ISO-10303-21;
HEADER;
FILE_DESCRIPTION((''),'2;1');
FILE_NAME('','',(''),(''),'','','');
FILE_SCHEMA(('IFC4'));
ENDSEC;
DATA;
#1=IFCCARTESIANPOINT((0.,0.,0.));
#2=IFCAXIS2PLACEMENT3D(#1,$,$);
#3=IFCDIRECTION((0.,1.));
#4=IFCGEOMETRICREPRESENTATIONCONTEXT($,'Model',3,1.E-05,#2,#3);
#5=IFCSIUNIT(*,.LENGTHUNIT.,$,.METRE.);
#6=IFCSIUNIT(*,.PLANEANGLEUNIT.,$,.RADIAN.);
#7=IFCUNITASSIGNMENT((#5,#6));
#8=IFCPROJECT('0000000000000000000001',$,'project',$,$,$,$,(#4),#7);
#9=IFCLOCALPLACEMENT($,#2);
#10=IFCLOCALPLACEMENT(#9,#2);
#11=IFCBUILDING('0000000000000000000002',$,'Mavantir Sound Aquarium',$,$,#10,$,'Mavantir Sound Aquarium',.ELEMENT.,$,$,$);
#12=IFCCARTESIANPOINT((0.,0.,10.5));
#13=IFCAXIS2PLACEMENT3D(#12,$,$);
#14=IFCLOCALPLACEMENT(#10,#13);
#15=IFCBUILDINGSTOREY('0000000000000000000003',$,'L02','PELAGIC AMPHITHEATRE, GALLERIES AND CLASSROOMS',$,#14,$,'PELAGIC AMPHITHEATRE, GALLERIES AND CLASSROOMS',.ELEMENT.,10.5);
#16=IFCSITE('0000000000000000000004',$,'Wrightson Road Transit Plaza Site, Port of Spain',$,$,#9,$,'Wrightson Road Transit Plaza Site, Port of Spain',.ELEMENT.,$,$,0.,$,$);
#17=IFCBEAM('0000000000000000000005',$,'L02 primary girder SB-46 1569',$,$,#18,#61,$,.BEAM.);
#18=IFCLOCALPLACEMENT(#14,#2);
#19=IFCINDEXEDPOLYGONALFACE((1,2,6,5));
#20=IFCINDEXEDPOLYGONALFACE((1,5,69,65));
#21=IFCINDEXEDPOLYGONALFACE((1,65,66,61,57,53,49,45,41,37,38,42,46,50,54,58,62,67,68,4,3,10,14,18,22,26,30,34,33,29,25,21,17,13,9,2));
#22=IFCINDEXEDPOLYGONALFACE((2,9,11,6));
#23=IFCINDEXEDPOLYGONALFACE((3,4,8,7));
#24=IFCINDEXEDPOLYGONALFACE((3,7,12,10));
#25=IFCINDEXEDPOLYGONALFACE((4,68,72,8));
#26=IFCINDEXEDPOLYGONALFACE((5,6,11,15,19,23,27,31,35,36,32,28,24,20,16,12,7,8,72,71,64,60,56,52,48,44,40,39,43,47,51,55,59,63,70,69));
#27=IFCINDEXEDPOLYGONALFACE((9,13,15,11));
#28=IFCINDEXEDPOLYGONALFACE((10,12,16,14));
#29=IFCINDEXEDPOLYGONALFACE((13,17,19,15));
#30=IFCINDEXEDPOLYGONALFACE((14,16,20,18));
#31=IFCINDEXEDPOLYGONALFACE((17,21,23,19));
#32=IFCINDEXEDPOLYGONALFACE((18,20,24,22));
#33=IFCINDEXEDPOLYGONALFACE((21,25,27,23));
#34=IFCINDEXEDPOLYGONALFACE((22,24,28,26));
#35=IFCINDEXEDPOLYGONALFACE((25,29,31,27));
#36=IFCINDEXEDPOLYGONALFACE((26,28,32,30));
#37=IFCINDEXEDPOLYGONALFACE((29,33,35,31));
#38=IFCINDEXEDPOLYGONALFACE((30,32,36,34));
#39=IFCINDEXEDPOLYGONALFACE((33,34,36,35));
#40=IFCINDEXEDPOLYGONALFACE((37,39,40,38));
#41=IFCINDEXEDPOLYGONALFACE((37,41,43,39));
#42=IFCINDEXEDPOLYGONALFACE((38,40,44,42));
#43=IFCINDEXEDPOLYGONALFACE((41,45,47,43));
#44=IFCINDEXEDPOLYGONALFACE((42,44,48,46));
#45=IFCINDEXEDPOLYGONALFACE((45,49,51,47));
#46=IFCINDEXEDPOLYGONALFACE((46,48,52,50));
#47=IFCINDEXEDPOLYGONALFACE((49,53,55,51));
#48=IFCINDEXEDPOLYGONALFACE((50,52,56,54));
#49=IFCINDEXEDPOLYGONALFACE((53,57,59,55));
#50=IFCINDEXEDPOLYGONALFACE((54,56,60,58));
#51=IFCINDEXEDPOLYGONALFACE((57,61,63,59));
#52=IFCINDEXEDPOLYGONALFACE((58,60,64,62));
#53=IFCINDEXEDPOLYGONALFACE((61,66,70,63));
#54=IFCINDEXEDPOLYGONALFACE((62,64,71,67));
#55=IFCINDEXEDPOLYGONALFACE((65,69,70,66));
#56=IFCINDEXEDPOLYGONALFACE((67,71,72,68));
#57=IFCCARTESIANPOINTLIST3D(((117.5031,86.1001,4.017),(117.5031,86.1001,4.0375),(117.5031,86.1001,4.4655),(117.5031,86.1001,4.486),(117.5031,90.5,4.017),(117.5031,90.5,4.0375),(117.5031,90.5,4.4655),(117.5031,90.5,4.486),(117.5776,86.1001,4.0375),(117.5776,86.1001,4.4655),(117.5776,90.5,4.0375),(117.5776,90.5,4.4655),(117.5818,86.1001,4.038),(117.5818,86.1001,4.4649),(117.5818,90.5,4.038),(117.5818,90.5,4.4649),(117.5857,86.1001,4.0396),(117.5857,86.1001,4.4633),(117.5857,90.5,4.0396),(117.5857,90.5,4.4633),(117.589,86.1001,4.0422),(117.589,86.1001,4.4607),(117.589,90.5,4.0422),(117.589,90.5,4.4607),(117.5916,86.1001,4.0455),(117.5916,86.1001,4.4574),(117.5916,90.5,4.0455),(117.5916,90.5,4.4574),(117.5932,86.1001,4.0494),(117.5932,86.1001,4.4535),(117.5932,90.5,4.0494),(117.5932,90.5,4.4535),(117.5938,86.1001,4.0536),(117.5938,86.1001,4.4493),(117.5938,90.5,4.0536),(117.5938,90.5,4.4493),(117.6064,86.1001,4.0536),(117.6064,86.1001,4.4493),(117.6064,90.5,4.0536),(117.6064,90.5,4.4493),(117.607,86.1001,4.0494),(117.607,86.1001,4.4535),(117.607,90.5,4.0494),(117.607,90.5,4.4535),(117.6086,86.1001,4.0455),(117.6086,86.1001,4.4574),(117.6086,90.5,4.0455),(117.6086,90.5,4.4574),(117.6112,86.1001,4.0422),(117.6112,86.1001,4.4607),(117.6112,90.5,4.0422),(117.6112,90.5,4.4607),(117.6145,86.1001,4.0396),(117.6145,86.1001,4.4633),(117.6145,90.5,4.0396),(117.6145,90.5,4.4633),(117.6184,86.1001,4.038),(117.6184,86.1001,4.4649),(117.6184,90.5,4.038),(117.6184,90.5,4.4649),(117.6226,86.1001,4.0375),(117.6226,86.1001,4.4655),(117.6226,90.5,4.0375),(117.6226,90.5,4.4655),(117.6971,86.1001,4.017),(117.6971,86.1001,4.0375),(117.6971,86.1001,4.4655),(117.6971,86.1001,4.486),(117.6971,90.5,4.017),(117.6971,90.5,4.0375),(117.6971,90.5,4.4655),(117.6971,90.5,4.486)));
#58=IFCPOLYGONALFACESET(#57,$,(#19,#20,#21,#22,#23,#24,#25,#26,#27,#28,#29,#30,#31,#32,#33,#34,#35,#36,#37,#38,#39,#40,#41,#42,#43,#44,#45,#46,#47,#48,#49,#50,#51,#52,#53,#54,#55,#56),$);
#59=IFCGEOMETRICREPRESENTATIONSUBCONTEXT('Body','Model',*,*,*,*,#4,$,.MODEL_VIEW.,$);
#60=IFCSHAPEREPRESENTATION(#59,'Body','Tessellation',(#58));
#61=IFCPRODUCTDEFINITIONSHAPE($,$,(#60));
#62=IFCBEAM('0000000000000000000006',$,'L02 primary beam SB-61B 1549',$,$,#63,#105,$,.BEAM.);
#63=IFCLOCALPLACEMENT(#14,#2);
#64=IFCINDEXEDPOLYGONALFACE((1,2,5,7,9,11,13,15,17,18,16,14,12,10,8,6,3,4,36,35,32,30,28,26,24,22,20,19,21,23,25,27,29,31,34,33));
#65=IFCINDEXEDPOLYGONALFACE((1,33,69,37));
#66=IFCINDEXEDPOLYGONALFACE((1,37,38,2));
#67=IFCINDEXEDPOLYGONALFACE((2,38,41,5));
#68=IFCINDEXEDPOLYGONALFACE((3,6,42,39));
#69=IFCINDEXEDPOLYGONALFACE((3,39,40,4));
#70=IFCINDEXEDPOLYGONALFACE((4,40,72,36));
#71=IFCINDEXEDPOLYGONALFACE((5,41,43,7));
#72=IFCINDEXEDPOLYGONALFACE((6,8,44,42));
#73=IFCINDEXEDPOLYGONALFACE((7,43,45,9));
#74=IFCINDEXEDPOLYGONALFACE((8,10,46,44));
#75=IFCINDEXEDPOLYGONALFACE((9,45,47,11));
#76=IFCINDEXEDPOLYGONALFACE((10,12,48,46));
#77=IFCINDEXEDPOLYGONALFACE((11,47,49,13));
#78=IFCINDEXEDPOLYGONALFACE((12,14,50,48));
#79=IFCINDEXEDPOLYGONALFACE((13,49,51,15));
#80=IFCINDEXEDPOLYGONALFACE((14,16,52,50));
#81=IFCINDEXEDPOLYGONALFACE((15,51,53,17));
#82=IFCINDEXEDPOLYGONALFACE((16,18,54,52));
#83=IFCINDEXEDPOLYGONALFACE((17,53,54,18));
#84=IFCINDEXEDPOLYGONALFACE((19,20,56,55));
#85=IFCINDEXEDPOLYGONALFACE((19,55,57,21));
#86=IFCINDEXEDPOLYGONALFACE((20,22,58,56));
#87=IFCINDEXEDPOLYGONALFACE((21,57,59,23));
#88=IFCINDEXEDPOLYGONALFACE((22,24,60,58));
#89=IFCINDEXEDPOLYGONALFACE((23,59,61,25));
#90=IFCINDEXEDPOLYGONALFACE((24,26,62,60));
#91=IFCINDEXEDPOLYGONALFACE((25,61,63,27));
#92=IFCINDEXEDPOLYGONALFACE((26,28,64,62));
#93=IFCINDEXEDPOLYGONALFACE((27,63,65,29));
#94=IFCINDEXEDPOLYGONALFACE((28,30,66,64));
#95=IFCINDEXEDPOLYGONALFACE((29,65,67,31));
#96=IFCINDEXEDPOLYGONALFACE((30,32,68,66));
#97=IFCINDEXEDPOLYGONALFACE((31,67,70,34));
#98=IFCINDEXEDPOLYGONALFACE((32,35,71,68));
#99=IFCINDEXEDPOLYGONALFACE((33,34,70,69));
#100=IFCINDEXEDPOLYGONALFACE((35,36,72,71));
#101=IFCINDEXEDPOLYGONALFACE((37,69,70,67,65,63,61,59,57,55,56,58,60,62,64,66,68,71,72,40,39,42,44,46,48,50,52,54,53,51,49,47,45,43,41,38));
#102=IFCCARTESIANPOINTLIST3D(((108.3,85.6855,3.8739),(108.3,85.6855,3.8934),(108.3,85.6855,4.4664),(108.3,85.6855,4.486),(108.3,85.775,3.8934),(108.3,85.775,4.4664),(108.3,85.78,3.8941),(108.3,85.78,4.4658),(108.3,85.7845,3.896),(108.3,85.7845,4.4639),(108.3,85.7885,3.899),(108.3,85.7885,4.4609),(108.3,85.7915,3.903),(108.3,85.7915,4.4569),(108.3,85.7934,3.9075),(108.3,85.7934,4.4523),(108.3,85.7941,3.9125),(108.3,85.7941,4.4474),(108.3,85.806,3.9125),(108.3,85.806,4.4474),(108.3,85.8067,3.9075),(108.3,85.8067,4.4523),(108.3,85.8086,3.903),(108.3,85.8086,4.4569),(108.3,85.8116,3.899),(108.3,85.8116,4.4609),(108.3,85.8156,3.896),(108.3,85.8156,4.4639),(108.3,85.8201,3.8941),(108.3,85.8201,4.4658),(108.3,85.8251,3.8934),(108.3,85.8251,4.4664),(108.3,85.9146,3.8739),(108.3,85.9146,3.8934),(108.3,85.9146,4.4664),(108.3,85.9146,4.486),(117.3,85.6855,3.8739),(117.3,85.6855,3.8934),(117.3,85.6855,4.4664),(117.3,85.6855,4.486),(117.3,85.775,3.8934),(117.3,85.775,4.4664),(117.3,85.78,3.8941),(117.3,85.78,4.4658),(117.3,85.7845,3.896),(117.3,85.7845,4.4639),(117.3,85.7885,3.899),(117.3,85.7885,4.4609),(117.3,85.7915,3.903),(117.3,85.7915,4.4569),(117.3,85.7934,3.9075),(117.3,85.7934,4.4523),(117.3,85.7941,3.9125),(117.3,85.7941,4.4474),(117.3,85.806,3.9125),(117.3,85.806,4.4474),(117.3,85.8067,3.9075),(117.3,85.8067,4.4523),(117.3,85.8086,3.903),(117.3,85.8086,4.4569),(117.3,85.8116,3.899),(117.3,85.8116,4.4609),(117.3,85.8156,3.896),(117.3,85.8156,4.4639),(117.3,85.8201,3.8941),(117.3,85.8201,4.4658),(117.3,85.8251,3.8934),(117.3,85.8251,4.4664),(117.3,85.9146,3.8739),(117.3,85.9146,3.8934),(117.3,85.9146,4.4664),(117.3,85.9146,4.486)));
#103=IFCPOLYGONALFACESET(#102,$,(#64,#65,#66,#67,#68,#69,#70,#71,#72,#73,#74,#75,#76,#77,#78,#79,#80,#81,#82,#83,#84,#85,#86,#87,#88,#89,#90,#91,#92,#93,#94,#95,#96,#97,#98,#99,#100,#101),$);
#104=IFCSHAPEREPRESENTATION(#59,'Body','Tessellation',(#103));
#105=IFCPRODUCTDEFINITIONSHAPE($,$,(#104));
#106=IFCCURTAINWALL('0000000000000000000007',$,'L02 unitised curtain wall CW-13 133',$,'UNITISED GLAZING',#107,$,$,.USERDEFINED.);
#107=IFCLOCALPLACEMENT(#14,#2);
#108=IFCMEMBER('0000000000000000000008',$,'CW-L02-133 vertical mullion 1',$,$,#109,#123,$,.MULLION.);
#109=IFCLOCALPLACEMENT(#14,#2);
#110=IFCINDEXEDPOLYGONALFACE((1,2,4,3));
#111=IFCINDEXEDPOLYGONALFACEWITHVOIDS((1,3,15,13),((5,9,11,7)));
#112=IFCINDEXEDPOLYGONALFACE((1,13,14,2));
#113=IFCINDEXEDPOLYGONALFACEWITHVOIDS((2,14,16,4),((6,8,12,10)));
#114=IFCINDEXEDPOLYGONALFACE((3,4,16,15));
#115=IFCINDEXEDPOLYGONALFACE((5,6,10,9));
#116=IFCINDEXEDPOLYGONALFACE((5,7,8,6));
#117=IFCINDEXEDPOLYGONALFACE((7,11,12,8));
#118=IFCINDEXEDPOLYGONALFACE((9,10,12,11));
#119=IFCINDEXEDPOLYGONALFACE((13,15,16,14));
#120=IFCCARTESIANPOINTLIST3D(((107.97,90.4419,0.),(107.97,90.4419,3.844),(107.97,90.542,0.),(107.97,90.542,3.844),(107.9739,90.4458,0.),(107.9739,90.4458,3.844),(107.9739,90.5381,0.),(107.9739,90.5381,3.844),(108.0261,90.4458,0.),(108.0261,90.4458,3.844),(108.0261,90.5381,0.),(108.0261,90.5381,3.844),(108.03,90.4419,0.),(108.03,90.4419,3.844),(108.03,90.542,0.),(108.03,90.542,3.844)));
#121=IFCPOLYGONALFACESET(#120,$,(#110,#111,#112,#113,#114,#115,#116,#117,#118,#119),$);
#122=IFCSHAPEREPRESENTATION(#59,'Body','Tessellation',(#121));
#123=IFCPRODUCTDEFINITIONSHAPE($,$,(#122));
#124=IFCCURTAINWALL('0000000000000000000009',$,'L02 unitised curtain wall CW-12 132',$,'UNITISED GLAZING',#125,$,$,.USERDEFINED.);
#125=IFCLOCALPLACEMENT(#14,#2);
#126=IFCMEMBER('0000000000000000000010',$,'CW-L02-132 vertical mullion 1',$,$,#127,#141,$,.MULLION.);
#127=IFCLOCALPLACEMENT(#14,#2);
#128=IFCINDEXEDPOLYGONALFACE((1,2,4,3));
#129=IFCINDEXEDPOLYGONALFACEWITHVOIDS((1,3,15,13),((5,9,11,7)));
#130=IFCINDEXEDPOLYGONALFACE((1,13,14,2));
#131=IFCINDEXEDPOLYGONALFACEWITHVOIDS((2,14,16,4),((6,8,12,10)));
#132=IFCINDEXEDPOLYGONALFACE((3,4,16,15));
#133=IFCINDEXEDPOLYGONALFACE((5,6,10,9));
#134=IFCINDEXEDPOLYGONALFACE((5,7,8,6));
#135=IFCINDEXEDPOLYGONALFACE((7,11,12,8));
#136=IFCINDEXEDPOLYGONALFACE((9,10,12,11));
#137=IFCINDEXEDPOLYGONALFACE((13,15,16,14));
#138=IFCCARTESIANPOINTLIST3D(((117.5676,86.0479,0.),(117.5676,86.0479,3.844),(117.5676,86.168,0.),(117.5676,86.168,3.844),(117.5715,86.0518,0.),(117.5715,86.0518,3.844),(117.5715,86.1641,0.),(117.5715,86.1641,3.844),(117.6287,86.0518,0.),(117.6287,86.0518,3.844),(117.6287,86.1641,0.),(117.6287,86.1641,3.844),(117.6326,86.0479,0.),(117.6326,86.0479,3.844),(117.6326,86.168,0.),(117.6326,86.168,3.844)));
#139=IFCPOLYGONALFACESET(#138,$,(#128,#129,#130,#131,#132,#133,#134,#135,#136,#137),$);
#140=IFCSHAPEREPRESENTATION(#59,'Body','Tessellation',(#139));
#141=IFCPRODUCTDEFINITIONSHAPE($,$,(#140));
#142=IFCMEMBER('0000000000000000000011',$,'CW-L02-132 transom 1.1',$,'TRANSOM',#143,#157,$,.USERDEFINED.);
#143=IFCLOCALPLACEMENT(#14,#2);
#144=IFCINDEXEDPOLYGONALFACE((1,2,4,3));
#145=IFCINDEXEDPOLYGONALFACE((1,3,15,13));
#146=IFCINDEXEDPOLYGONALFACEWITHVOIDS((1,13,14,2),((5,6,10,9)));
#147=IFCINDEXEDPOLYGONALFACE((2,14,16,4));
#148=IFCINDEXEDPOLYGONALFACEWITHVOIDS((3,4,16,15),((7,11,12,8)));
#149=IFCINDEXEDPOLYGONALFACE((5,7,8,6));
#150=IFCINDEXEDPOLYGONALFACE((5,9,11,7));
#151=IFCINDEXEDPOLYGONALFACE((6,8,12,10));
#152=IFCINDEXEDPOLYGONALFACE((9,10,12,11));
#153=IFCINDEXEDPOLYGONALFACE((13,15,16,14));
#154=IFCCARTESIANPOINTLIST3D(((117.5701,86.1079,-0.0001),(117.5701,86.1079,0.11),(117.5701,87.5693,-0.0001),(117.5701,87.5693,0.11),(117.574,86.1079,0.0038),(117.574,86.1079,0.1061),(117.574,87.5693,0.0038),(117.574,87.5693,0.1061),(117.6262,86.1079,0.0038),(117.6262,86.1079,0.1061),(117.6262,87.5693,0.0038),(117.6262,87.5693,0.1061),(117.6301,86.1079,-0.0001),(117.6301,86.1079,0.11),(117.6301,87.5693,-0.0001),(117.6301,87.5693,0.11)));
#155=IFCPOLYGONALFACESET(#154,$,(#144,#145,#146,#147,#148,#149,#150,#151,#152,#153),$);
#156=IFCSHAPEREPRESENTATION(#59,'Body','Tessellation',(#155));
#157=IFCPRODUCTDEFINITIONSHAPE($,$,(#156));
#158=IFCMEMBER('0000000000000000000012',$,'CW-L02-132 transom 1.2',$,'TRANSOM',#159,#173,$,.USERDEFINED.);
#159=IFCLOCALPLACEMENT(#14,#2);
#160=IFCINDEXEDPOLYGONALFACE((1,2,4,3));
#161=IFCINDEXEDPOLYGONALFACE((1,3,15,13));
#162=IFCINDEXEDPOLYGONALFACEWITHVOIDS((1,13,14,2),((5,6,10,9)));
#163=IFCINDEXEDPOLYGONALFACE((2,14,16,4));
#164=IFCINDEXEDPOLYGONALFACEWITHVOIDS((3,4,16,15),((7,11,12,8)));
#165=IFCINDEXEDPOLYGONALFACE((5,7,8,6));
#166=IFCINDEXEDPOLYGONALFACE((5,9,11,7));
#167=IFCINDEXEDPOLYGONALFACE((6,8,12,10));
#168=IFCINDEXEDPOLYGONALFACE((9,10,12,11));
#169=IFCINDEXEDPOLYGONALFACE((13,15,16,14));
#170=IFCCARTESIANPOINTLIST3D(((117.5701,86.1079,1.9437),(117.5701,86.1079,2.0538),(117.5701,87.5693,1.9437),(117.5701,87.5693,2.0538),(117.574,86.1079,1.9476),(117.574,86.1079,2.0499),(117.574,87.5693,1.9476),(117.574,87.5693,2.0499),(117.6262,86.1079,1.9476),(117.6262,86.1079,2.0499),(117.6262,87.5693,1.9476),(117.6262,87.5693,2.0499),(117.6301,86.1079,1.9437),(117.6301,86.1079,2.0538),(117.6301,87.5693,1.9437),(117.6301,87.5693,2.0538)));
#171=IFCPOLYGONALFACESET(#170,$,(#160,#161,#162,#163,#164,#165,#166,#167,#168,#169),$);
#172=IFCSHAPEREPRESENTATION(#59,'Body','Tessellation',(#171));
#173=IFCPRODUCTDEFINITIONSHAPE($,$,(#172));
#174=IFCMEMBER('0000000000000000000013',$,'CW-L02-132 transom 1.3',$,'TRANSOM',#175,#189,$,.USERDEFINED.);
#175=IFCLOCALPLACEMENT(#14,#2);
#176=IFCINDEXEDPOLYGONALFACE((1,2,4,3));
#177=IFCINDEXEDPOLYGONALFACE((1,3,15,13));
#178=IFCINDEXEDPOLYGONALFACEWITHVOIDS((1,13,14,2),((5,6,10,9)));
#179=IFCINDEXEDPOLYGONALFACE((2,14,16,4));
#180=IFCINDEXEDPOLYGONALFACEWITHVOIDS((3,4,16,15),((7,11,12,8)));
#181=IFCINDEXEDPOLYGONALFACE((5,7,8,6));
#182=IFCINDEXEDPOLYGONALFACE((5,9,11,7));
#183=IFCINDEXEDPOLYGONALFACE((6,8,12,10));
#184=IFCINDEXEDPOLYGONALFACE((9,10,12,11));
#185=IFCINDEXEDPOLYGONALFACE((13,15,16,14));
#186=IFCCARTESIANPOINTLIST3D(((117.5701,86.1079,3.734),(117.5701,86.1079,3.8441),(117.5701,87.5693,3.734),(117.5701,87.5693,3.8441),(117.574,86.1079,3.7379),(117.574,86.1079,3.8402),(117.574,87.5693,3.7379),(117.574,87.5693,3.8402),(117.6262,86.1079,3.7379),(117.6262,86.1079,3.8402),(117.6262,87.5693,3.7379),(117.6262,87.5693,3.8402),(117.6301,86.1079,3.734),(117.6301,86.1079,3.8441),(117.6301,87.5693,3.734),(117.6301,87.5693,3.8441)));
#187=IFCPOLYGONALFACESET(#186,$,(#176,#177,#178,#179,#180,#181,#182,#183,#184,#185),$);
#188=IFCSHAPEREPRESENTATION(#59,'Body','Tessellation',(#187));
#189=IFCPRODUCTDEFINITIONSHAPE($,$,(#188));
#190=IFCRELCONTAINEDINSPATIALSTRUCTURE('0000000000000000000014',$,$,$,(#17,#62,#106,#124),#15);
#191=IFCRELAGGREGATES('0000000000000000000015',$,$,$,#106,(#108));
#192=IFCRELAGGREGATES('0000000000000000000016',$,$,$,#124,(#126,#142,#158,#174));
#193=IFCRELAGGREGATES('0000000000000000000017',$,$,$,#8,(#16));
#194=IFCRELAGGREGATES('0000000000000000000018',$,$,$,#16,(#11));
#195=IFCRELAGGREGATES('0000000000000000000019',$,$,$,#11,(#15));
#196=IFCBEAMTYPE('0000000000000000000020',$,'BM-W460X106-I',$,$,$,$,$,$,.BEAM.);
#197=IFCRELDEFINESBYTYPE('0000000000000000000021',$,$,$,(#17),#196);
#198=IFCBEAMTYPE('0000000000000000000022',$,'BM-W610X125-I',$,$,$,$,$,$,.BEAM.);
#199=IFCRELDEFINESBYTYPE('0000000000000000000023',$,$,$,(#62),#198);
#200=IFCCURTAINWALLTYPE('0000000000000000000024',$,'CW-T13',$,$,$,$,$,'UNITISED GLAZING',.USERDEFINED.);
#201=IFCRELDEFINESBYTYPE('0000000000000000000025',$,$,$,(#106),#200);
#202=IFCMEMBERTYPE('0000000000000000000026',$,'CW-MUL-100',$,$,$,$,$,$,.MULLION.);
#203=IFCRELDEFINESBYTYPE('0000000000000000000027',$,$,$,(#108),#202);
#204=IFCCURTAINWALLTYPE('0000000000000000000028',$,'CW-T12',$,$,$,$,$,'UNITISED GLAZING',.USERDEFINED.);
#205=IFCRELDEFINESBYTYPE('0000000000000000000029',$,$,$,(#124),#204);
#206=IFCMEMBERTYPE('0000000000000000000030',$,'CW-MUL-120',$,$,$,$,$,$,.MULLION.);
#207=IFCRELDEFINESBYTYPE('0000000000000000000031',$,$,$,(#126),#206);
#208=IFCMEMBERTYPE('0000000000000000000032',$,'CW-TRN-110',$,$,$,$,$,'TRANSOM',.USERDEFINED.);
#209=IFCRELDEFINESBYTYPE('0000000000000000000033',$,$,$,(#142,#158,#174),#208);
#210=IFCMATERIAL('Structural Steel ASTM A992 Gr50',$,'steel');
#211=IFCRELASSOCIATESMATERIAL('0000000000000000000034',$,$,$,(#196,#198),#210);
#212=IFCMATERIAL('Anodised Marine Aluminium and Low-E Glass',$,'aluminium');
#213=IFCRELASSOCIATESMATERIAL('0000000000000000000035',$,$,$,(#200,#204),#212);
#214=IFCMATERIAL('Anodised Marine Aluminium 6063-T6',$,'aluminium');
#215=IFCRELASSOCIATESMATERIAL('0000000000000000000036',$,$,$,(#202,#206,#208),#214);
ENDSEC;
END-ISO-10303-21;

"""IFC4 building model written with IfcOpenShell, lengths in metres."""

from ifc_helpers import new_model, si_unit, direction, frame, origin, origin_2d, place, context, subcontext, project, spatial, hollow_rectangle, i_section, extrude, material, material_profile, profile_set, type_object, element, aggregate, save


model = new_model("IFC4")

# Units and contexts
model_context = context("Model", 3, precision=1e-05, world=origin(), true_north=direction((0.0, 1.0)))
body_context = subcontext(model_context, "Body", "Model", "MODEL_VIEW")
ifc_project = project(units=[si_unit("LENGTHUNIT", "METRE"), si_unit("PLANEANGLEUNIT", "RADIAN")], contexts=[model_context])

# Site, building, storey
site_placement = place(None, origin())
site = spatial("IfcSite", under=ifc_project, at=site_placement, Name="Wrightson Road Transit Plaza Site, Port of Spain", LongName="Wrightson Road Transit Plaza Site, Port of Spain", CompositionType="ELEMENT", RefElevation=0.0)
building_placement = place(site_placement, origin())
building = spatial("IfcBuilding", under=site, at=building_placement, Name="Mavantir Sound Aquarium", LongName="Mavantir Sound Aquarium", CompositionType="ELEMENT")
storey_placement = place(building_placement, frame((0.0, 0.0, 10.5)))
storey = spatial("IfcBuildingStorey", under=building, at=storey_placement, Name="L02", Description="PELAGIC AMPHITHEATRE, GALLERIES AND CLASSROOMS", LongName="PELAGIC AMPHITHEATRE, GALLERIES AND CLASSROOMS", CompositionType="ELEMENT", Elevation=10.5)

# Beams
ifc_material_1 = material(Name="Structural Steel ASTM A992 Gr50", Category="steel")
ifc_material_profile_1 = material_profile(ifc_material_1, i_section(OverallWidth=0.1941, OverallDepth=0.469, WebThickness=0.0127, FlangeThickness=0.0205, FilletRadius=0.0161, at=origin_2d()), Name="W460X106")
ifc_profile_set_1 = profile_set([ifc_material_profile_1], Name="Structural Steel ASTM A992 Gr50")
beam_type_1 = type_object("IfcBeamType", Name="BM-W460X106-I", PredefinedType="BEAM", material=ifc_profile_set_1)
beam_1_placement = place(storey_placement, frame((117.6001, 86.1001, 4.2515), z_axis=(0.0, 1.0, 0.0), x_axis=(-1.0, 0.0, 0.0)))
element("IfcBeam", 1, at=beam_1_placement, inside=storey, type_object=beam_type_1, Name="L02 primary girder SB-46 1569", PredefinedType="BEAM", context=body_context, shape_type="SweptSolid", body=[
    extrude(i_section(OverallWidth=0.1941, OverallDepth=0.469, WebThickness=0.0127, FlangeThickness=0.0205, FilletRadius=0.0161, at=origin_2d()), origin(), (0.0, 0.0, 1.0), 4.3999),
])
ifc_material_profile_2 = material_profile(ifc_material_1, i_section(OverallWidth=0.229, OverallDepth=0.6121, WebThickness=0.012, FlangeThickness=0.0195, FilletRadius=0.019, at=origin_2d()), Name="W610X125")
ifc_profile_set_2 = profile_set([ifc_material_profile_2], Name="Structural Steel ASTM A992 Gr50")
beam_type_2 = type_object("IfcBeamType", Name="BM-W610X125-I", PredefinedType="BEAM", material=ifc_profile_set_2)
beam_2_placement = place(storey_placement, frame((108.3, 85.8, 4.1799), z_axis=(1.0, 0.0, 0.0), x_axis=(0.0, 1.0, 0.0)))
element("IfcBeam", 2, at=beam_2_placement, inside=storey, type_object=beam_type_2, Name="L02 primary beam SB-61B 1549", PredefinedType="BEAM", context=body_context, shape_type="SweptSolid", body=[
    extrude(i_section(OverallWidth=0.229, OverallDepth=0.6121, WebThickness=0.012, FlangeThickness=0.0195, FilletRadius=0.019, at=origin_2d()), origin(), (0.0, 0.0, 1.0), 9.0),
])

# Curtain wall, member
ifc_material_2 = material(Name="Anodised Marine Aluminium and Low-E Glass", Category="aluminium")
curtain_wall_type_1 = type_object("IfcCurtainWallType", Name="CW-T13", ElementType="UNITISED GLAZING", PredefinedType="USERDEFINED", material=ifc_material_2)
curtain_wall_1_placement = place(storey_placement, origin())
curtain_wall_1 = element("IfcCurtainWall", 3, at=curtain_wall_1_placement, inside=storey, type_object=curtain_wall_type_1, Name="L02 unitised curtain wall CW-13 133", ObjectType="UNITISED GLAZING", PredefinedType="USERDEFINED")
ifc_material_3 = material(Name="Anodised Marine Aluminium 6063-T6", Category="aluminium")
ifc_material_profile_3 = material_profile(ifc_material_3, hollow_rectangle(XDim=0.0601, YDim=0.1001, WallThickness=0.0039, at=origin_2d()), Name="ALU-MULLION-100X60")
ifc_profile_set_3 = profile_set([ifc_material_profile_3], Name="Anodised Marine Aluminium 6063-T6")
member_type_1 = type_object("IfcMemberType", Name="CW-MUL-100", PredefinedType="MULLION", material=ifc_profile_set_3)
member_1_placement = place(storey_placement, frame((108.0, 90.4919, 0.0), z_axis=(0.0, 0.0, 1.0), x_axis=(1.0, 0.0, 0.0)))
member_1 = element("IfcMember", 4, at=member_1_placement, type_object=member_type_1, Name="CW-L02-133 vertical mullion 1", PredefinedType="MULLION", context=body_context, shape_type="SweptSolid", body=[
    extrude(hollow_rectangle(XDim=0.0601, YDim=0.1001, WallThickness=0.0039, at=origin_2d()), origin(), (0.0, 0.0, 1.0), 3.844),
])

# Curtain wall, members
curtain_wall_type_2 = type_object("IfcCurtainWallType", Name="CW-T12", ElementType="UNITISED GLAZING", PredefinedType="USERDEFINED", material=ifc_material_2)
curtain_wall_2_placement = place(storey_placement, origin())
curtain_wall_2 = element("IfcCurtainWall", 5, at=curtain_wall_2_placement, inside=storey, type_object=curtain_wall_type_2, Name="L02 unitised curtain wall CW-12 132", ObjectType="UNITISED GLAZING", PredefinedType="USERDEFINED")
ifc_material_profile_4 = material_profile(ifc_material_3, hollow_rectangle(XDim=0.0649, YDim=0.1201, WallThickness=0.0039, at=origin_2d()), Name="ALU-MULLION-120X65")
ifc_profile_set_4 = profile_set([ifc_material_profile_4], Name="Anodised Marine Aluminium 6063-T6")
member_type_2 = type_object("IfcMemberType", Name="CW-MUL-120", PredefinedType="MULLION", material=ifc_profile_set_4)
member_2_placement = place(storey_placement, frame((117.6001, 86.1079, 0.0), z_axis=(0.0, 0.0, 1.0), x_axis=(1.0, 0.0, 0.0)))
member_2 = element("IfcMember", 6, at=member_2_placement, type_object=member_type_2, Name="CW-L02-132 vertical mullion 1", PredefinedType="MULLION", context=body_context, shape_type="SweptSolid", body=[
    extrude(hollow_rectangle(XDim=0.0649, YDim=0.1201, WallThickness=0.0039, at=origin_2d()), origin(), (0.0, 0.0, 1.0), 3.844),
])
ifc_material_profile_5 = material_profile(ifc_material_3, hollow_rectangle(XDim=0.0601, YDim=0.1101, WallThickness=0.0039, at=origin_2d()), Name="ALU-TRANSOM-110X60")
ifc_profile_set_5 = profile_set([ifc_material_profile_5], Name="Anodised Marine Aluminium 6063-T6")
member_type_3 = type_object("IfcMemberType", Name="CW-TRN-110", ElementType="TRANSOM", PredefinedType="USERDEFINED", material=ifc_profile_set_5)
member_3_placement = place(storey_placement, frame((117.6001, 86.1079, 0.0549), z_axis=(0.0, 1.0, 0.0), x_axis=(-1.0, 0.0, 0.0)))
member_3 = element("IfcMember", 7, at=member_3_placement, type_object=member_type_3, Name="CW-L02-132 transom 1.1", ObjectType="TRANSOM", PredefinedType="USERDEFINED", context=body_context, shape_type="SweptSolid", body=[
    extrude(hollow_rectangle(XDim=0.0601, YDim=0.1101, WallThickness=0.0039, at=origin_2d()), origin(), (0.0, 0.0, 1.0), 1.4614),
])
member_4_placement = place(storey_placement, frame((117.6001, 86.1079, 1.9988), z_axis=(0.0, 1.0, 0.0), x_axis=(-1.0, 0.0, 0.0)))
member_4 = element("IfcMember", 8, at=member_4_placement, type_object=member_type_3, Name="CW-L02-132 transom 1.2", ObjectType="TRANSOM", PredefinedType="USERDEFINED", context=body_context, shape_type="SweptSolid", body=[
    extrude(hollow_rectangle(XDim=0.0601, YDim=0.1101, WallThickness=0.0039, at=origin_2d()), origin(), (0.0, 0.0, 1.0), 1.4614),
])
member_5_placement = place(storey_placement, frame((117.6001, 86.1079, 3.7891), z_axis=(0.0, 1.0, 0.0), x_axis=(-1.0, 0.0, 0.0)))
member_5 = element("IfcMember", 9, at=member_5_placement, type_object=member_type_3, Name="CW-L02-132 transom 1.3", ObjectType="TRANSOM", PredefinedType="USERDEFINED", context=body_context, shape_type="SweptSolid", body=[
    extrude(hollow_rectangle(XDim=0.0601, YDim=0.1101, WallThickness=0.0039, at=origin_2d()), origin(), (0.0, 0.0, 1.0), 1.4614),
])

aggregate(curtain_wall_1, [member_1])
aggregate(curtain_wall_2, [member_2, member_3, member_4, member_5])

save(model, "model.ifc")
